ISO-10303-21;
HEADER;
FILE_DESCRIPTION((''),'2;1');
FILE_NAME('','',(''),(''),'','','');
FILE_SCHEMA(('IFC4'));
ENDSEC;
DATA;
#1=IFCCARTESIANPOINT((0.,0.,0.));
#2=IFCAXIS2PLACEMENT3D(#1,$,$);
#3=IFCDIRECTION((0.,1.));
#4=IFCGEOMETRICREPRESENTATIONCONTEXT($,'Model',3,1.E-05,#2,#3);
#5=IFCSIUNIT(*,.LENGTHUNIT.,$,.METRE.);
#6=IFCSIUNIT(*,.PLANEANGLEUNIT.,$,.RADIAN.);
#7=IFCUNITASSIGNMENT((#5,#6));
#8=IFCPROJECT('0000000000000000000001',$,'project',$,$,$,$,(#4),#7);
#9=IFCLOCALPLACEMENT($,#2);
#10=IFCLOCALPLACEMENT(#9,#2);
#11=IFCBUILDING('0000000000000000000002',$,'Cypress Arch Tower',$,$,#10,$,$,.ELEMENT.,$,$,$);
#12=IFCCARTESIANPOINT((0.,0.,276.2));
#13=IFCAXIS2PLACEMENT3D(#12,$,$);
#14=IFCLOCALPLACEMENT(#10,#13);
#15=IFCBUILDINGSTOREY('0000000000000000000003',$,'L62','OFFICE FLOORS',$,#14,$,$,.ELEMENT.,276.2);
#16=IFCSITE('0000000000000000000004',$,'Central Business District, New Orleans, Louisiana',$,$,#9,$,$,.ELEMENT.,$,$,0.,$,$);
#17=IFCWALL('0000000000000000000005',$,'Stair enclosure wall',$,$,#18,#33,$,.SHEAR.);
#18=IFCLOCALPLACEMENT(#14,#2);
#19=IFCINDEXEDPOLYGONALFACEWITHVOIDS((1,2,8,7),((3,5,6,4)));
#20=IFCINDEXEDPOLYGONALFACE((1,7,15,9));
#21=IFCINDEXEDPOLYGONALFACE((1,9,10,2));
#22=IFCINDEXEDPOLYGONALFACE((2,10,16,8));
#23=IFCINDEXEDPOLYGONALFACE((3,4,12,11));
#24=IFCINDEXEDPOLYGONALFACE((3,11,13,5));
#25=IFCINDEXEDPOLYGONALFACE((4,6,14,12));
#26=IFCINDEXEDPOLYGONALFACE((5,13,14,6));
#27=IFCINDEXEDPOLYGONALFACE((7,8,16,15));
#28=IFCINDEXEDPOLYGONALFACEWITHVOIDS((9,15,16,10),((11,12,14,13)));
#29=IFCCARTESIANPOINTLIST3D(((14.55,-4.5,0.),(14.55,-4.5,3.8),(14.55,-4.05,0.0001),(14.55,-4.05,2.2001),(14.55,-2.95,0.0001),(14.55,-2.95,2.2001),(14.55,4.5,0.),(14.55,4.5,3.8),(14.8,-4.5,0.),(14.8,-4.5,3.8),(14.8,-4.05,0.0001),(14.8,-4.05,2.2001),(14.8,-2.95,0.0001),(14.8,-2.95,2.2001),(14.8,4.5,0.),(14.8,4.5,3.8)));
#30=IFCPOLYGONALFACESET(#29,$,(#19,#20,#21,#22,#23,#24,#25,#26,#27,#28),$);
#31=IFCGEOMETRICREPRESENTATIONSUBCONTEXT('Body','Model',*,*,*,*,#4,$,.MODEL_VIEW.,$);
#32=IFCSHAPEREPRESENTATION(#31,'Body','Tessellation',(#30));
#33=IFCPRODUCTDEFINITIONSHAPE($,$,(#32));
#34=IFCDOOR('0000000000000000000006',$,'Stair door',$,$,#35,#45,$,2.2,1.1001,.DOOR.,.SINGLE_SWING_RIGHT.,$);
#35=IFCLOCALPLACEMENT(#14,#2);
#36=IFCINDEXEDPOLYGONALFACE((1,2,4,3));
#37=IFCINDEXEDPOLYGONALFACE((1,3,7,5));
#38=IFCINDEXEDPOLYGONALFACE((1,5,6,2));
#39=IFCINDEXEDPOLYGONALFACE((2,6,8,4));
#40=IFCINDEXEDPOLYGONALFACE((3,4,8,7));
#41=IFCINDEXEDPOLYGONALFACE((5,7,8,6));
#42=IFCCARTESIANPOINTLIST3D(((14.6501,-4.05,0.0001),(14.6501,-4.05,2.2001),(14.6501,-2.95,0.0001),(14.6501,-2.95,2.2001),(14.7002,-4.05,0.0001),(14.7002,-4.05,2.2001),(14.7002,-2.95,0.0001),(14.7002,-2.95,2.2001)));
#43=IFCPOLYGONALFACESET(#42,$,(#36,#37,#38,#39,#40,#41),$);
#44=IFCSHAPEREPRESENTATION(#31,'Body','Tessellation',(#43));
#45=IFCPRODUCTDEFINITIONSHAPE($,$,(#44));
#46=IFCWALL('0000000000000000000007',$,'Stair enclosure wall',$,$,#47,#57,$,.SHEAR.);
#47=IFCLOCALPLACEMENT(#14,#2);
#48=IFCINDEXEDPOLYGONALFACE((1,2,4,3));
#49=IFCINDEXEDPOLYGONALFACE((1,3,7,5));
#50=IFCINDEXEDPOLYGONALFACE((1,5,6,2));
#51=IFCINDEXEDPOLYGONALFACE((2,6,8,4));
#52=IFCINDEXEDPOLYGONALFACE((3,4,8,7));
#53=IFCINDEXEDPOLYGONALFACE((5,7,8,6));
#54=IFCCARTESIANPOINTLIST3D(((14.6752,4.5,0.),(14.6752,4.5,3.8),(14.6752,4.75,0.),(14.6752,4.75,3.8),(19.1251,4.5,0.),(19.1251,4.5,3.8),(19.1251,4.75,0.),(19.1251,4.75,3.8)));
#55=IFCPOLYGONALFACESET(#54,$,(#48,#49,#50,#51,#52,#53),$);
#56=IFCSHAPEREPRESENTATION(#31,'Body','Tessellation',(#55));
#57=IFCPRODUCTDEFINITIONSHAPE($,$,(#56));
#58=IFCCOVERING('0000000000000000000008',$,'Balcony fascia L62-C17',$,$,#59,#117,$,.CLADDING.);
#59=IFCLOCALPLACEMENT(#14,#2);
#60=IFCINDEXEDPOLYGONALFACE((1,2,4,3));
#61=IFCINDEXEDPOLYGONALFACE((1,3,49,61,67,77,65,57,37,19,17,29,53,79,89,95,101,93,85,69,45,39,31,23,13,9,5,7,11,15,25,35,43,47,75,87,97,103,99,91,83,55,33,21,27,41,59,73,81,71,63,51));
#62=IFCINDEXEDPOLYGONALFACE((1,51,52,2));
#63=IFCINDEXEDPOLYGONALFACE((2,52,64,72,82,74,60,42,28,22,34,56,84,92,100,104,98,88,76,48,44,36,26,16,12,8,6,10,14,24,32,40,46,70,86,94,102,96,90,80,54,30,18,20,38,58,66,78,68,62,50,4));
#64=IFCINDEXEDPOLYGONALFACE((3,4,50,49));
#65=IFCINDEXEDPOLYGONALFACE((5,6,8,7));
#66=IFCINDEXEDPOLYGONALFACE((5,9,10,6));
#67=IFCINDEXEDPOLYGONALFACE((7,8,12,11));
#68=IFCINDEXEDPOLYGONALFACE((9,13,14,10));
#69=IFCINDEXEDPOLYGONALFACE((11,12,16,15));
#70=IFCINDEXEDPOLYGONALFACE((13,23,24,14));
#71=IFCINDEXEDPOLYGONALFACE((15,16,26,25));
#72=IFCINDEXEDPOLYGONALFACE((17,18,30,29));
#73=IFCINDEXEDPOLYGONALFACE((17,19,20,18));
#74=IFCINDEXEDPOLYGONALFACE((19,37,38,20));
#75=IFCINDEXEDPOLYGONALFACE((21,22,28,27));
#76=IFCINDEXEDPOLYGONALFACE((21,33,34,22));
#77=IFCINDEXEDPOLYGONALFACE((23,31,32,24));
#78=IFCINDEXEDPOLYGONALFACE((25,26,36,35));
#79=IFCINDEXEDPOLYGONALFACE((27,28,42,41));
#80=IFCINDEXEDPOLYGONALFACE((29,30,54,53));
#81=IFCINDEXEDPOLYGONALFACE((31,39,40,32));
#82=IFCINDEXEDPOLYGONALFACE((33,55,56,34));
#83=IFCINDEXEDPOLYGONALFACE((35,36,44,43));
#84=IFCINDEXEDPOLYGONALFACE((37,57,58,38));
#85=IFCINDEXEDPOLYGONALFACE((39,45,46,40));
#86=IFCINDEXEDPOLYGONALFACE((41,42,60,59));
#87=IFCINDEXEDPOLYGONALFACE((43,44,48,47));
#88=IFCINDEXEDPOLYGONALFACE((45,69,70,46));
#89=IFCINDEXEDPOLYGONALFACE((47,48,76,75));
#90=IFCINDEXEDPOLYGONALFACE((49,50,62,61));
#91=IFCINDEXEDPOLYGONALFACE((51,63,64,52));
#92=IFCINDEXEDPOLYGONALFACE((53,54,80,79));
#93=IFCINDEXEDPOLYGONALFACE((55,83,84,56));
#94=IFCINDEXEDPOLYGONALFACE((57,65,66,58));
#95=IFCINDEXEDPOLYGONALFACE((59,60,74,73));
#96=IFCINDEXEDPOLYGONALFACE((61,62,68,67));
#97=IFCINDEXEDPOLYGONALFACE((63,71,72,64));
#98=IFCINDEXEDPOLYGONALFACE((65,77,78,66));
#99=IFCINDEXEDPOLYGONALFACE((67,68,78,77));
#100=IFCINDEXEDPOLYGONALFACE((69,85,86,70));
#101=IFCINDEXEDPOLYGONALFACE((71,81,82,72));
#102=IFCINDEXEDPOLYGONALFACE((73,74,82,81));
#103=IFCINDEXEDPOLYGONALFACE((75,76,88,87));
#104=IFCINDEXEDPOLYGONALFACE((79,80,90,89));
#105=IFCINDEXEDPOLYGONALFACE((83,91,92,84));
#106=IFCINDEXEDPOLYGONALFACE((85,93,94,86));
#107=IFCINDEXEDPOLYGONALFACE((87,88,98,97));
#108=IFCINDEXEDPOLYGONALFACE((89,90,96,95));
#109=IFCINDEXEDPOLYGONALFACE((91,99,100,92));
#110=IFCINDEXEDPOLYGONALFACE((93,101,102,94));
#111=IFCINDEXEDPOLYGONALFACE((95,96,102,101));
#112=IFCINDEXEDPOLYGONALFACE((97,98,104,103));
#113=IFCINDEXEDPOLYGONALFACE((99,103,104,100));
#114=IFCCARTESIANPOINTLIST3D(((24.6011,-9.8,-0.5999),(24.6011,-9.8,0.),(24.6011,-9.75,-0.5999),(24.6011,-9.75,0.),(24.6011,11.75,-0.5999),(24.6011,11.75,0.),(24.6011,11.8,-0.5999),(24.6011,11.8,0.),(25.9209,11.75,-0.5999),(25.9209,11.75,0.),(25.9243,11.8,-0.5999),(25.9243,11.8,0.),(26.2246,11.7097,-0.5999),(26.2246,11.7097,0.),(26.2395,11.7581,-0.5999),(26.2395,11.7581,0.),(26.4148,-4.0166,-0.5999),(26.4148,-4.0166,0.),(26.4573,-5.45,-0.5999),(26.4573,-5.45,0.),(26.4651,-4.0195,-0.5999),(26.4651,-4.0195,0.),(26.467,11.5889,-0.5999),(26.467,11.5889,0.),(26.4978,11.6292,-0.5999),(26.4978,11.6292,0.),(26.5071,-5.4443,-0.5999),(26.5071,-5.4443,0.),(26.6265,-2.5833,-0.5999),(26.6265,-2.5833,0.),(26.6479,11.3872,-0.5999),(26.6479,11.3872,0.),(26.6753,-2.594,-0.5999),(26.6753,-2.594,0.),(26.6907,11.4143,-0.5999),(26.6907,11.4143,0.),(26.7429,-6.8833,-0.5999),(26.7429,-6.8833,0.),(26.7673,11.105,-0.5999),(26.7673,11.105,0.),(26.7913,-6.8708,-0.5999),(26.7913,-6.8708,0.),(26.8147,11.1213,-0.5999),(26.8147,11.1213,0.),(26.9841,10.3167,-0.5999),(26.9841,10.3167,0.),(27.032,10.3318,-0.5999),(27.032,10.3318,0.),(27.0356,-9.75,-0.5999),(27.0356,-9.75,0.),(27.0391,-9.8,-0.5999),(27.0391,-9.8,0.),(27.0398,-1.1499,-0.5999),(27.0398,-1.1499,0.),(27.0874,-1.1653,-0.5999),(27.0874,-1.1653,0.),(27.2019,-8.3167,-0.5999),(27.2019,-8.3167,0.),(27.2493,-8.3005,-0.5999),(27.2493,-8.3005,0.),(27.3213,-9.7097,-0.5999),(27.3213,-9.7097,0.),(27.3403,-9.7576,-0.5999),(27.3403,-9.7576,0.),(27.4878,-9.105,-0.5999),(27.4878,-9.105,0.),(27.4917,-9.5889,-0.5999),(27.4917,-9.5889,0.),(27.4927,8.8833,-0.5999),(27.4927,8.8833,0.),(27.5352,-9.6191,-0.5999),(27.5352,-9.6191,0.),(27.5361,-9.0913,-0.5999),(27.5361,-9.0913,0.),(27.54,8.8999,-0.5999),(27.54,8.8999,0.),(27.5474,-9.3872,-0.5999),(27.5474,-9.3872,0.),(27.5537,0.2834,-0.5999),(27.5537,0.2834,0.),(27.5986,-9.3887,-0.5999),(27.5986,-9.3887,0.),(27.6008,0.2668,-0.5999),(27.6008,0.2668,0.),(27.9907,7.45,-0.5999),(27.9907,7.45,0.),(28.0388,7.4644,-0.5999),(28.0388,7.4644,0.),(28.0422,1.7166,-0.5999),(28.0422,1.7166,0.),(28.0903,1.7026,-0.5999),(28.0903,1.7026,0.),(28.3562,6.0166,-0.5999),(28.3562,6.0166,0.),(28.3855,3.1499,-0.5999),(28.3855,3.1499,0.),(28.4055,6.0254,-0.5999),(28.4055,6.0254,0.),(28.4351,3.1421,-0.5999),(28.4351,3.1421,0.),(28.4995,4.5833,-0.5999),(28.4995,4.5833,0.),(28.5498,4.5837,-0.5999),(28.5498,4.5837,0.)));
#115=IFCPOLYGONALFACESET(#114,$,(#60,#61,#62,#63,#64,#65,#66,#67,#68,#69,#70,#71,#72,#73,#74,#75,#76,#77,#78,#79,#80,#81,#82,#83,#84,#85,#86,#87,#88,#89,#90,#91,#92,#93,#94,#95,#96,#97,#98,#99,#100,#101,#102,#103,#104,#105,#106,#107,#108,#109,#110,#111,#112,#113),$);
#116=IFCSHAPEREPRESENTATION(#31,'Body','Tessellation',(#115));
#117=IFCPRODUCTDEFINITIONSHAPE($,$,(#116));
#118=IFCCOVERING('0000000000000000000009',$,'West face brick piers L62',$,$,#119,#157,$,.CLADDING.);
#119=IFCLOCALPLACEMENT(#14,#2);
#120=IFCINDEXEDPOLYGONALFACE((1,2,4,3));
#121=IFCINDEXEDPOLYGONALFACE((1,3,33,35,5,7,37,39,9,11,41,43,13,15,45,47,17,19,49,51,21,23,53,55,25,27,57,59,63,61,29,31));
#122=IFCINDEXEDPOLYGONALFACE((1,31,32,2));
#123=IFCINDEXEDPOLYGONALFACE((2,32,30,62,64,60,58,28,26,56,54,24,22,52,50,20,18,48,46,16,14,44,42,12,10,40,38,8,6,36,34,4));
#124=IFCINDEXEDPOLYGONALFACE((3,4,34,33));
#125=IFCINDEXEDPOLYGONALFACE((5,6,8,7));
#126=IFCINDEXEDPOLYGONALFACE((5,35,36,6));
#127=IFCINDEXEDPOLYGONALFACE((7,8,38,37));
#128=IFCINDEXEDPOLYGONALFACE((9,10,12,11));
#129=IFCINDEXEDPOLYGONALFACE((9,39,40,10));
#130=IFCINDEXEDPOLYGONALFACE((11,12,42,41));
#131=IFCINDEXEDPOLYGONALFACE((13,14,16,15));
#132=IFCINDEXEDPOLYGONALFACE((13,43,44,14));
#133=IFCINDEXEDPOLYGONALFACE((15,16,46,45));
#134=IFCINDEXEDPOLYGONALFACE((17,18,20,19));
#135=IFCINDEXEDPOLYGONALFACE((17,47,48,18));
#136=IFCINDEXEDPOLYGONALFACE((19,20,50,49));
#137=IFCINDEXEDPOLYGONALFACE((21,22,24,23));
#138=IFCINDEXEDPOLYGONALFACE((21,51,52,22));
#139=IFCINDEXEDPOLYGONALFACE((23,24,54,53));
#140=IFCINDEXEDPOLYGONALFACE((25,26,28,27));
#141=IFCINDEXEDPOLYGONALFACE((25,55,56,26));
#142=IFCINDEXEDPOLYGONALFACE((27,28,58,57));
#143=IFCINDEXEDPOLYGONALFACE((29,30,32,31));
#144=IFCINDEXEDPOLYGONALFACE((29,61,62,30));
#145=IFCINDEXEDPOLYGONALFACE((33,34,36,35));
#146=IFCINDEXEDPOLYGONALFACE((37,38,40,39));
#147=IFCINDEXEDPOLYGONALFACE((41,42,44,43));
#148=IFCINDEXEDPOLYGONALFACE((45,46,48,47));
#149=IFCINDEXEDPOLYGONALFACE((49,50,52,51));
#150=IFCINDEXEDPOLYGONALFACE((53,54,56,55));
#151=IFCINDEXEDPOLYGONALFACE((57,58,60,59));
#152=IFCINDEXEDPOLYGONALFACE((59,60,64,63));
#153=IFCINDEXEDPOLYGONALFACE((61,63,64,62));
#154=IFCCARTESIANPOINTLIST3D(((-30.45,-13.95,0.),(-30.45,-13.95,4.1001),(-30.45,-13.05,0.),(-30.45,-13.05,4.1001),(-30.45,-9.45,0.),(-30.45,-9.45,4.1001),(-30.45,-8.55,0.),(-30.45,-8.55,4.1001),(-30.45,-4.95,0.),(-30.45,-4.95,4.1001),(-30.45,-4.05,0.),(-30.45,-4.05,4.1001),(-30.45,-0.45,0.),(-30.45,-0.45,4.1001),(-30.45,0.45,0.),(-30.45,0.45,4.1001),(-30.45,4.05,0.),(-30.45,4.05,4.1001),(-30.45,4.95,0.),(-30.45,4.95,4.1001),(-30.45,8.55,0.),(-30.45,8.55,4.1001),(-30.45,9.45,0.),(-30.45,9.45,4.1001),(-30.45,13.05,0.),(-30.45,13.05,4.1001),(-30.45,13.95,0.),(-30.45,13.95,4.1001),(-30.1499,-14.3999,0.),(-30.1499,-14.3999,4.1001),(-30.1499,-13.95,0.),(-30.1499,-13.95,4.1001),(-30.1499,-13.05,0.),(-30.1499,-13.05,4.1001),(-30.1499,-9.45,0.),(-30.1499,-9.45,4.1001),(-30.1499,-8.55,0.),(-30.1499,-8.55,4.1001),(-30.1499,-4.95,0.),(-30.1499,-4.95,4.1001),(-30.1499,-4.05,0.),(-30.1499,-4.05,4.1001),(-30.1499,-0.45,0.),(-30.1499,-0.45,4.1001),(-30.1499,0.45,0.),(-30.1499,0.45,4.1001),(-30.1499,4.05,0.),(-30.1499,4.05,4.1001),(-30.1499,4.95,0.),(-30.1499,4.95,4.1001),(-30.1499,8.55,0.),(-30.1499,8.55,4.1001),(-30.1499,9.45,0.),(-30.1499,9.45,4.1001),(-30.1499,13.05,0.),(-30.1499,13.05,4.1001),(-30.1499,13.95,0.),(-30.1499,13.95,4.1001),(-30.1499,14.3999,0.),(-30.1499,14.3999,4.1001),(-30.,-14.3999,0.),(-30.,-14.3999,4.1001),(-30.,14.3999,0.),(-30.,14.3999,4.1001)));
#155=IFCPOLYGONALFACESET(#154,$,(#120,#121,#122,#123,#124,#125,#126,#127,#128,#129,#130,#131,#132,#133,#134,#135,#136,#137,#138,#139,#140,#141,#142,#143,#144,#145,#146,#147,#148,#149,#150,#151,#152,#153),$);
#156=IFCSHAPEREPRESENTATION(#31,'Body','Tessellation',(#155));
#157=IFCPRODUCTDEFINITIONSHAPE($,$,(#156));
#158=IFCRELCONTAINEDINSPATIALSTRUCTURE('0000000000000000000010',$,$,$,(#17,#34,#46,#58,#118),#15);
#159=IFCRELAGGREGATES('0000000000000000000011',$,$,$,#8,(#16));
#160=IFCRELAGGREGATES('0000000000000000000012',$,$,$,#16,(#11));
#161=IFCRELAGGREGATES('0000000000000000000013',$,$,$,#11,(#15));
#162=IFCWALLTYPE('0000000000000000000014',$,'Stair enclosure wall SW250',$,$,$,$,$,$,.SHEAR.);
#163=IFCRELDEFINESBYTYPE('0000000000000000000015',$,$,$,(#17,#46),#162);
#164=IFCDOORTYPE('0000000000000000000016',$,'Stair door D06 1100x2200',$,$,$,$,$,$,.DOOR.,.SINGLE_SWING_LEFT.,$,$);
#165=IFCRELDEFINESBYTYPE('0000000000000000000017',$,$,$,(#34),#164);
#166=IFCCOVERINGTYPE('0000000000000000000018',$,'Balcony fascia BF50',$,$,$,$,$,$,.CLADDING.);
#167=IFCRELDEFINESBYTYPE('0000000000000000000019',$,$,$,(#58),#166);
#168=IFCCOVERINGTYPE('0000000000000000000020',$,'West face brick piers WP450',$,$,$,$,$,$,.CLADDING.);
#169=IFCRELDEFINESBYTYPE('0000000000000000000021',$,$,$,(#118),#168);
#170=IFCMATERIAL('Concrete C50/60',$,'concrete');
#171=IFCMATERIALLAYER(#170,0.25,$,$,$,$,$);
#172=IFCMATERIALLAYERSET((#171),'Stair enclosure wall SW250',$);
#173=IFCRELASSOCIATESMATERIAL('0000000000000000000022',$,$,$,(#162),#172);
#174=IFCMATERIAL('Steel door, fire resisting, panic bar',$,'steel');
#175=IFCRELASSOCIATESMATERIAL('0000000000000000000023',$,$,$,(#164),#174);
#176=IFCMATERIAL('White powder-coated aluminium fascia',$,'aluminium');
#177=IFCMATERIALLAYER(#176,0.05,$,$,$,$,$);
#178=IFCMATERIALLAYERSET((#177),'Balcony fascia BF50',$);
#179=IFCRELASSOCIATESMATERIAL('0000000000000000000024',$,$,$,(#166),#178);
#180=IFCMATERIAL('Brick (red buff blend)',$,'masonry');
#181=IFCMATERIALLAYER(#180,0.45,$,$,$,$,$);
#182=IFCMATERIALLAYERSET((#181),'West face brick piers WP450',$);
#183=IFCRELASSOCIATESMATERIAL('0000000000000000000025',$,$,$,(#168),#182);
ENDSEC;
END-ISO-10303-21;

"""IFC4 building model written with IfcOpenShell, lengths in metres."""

from ifc_helpers import new_model, si_unit, direction, frame, frame_2d, origin, place, context, subcontext, project, spatial, polyline, rectangle, outline, extrude, material, layer, layer_set, type_object, element, fill, save


model = new_model("IFC4")

# Units and contexts
model_context = context("Model", 3, precision=1e-05, world=origin(), true_north=direction((0.0, 1.0)))
body_context = subcontext(model_context, "Body", "Model", "MODEL_VIEW")
ifc_project = project(units=[si_unit("LENGTHUNIT", "METRE"), si_unit("PLANEANGLEUNIT", "RADIAN")], contexts=[model_context])

# Site, building, storey
site_placement = place(None, origin())
site = spatial("IfcSite", under=ifc_project, at=site_placement, Name="Central Business District, New Orleans, Louisiana", CompositionType="ELEMENT", RefElevation=0.0)
building_placement = place(site_placement, origin())
building = spatial("IfcBuilding", under=site, at=building_placement, Name="Cypress Arch Tower", CompositionType="ELEMENT")
storey_placement = place(building_placement, frame((0.0, 0.0, 276.2)))
storey = spatial("IfcBuildingStorey", under=building, at=storey_placement, Name="L62", Description="OFFICE FLOORS", CompositionType="ELEMENT", Elevation=276.2)

# Wall, opening, door
ifc_material_1 = material(Name="Concrete C50/60", Category="concrete")
ifc_layer_1 = layer(ifc_material_1, 0.25)
ifc_layer_set_1 = layer_set([ifc_layer_1], Name="Stair enclosure wall SW250")
wall_type_1 = type_object("IfcWallType", Name="Stair enclosure wall SW250", PredefinedType="SHEAR", material=ifc_layer_set_1)
wall_1_placement = place(storey_placement, frame((14.675, -4.5, 0.0), z_axis=(0.0, 0.0, 1.0), x_axis=(0.0, 1.0, 0.0)))
wall_1 = element("IfcWall", 1, at=wall_1_placement, inside=storey, type_object=wall_type_1, Name="Stair enclosure wall", PredefinedType="SHEAR", context=body_context, shape_type="SweptSolid", body=[
    extrude(rectangle(XDim=9.0, YDim=0.25, at=frame_2d((4.5, 0.0))), origin(), (0.0, 0.0, 1.0), 3.8),
])
opening_placement = place(wall_1_placement, frame((0.45, 0.0, 0.0)))
opening = element("IfcOpeningElement", 2, at=opening_placement, cuts=wall_1, PredefinedType="OPENING", context=body_context, shape_type="SweptSolid", body=[
    extrude(rectangle(XDim=1.1001, YDim=2.2, at=frame_2d((0.55, 1.1001))), frame((0.0, 0.135, 0.0), z_axis=(0.0, -1.0, 0.0), x_axis=(1.0, 0.0, 0.0)), (0.0, 0.0, 1.0), 0.27),
])
ifc_material_2 = material(Name="Steel door, fire resisting, panic bar", Category="steel")
door_type = type_object("IfcDoorType", Name="Stair door D06 1100x2200", OperationType="SINGLE_SWING_LEFT", PredefinedType="DOOR", material=ifc_material_2)
door_placement = place(opening_placement, origin())
door = element("IfcDoor", 3, at=door_placement, inside=storey, type_object=door_type, Name="Stair door", OperationType="SINGLE_SWING_RIGHT", OverallHeight=2.2, OverallWidth=1.1001, PredefinedType="DOOR", context=body_context, shape_type="SweptSolid", body=[
    extrude(rectangle(XDim=1.1001, YDim=2.2, at=frame_2d((0.55, 1.1001))), frame((0.0, 0.0249, 0.0), z_axis=(0.0, -1.0, 0.0), x_axis=(1.0, 0.0, 0.0)), (0.0, 0.0, 1.0), 0.05),
])
fill(opening, door)

# Wall
wall_2_placement = place(storey_placement, frame((14.675, 4.625, 0.0), z_axis=(0.0, 0.0, 1.0), x_axis=(1.0, 0.0, 0.0)))
element("IfcWall", 4, at=wall_2_placement, inside=storey, type_object=wall_type_1, Name="Stair enclosure wall", PredefinedType="SHEAR", context=body_context, shape_type="SweptSolid", body=[
    extrude(rectangle(XDim=4.45, YDim=0.25, at=frame_2d((2.2251, 0.0))), origin(), (0.0, 0.0, 1.0), 3.8),
])

# Coverings
ifc_material_3 = material(Name="White powder-coated aluminium fascia", Category="aluminium")
ifc_layer_2 = layer(ifc_material_3, 0.05)
ifc_layer_set_2 = layer_set([ifc_layer_2], Name="Balcony fascia BF50")
covering_type_1 = type_object("IfcCoveringType", Name="Balcony fascia BF50", PredefinedType="CLADDING", material=ifc_layer_set_2)
covering_1_placement = place(storey_placement, frame((0.0, 0.0, -0.5999)))
element("IfcCovering", 5, at=covering_1_placement, inside=storey, type_object=covering_type_1, Name="Balcony fascia L62-C17", PredefinedType="CLADDING", context=body_context, shape_type="SweptSolid", body=[
    extrude(outline(polyline([(25.9243, 11.8), (26.2395, 11.7581), (26.4978, 11.6292), (26.6907, 11.4143), (26.8147, 11.1213), (27.032, 10.3318), (27.54, 8.8999), (28.0388, 7.4644), (28.4055, 6.0254), (28.5498, 4.5837), (28.4351, 3.1421), (28.0903, 1.7026), (27.6008, 0.2668), (27.0874, -1.1653), (26.6753, -2.594), (26.4651, -4.0195), (26.5071, -5.4443), (26.7913, -6.8708), (27.2493, -8.3005), (27.5361, -9.0913), (27.5986, -9.3887), (27.5352, -9.6191), (27.3403, -9.7576), (27.0391, -9.8), (24.6011, -9.8), (24.6011, -9.75), (27.0356, -9.75), (27.3213, -9.7097), (27.4917, -9.5889), (27.5474, -9.3872), (27.4878, -9.105), (27.2019, -8.3167), (26.7429, -6.8833), (26.4573, -5.45), (26.4148, -4.0166), (26.6265, -2.5833), (27.0398, -1.1499), (27.5537, 0.2834), (28.0422, 1.7166), (28.3855, 3.1499), (28.4995, 4.5833), (28.3562, 6.0166), (27.9907, 7.45), (27.4927, 8.8833), (26.9841, 10.3167), (26.7673, 11.105), (26.6479, 11.3872), (26.467, 11.5889), (26.2246, 11.7097), (25.9209, 11.75), (24.6011, 11.75), (24.6011, 11.8), (25.9243, 11.8)])), origin(), (0.0, 0.0, 1.0), 0.5999),
])
ifc_material_4 = material(Name="Brick (red buff blend)", Category="masonry")
ifc_layer_3 = layer(ifc_material_4, 0.45)
ifc_layer_set_3 = layer_set([ifc_layer_3], Name="West face brick piers WP450")
covering_type_2 = type_object("IfcCoveringType", Name="West face brick piers WP450", PredefinedType="CLADDING", material=ifc_layer_set_3)
covering_2_placement = place(storey_placement, origin())
element("IfcCovering", 6, at=covering_2_placement, inside=storey, type_object=covering_type_2, Name="West face brick piers L62", PredefinedType="CLADDING", context=body_context, shape_type="SweptSolid", body=[
    extrude(outline(polyline([(-30.1499, -13.05), (-30.1499, -9.45), (-30.45, -9.45), (-30.45, -8.55), (-30.1499, -8.55), (-30.1499, -4.95), (-30.45, -4.95), (-30.45, -4.05), (-30.1499, -4.05), (-30.1499, -0.45), (-30.45, -0.45), (-30.45, 0.45), (-30.1499, 0.45), (-30.1499, 4.05), (-30.45, 4.05), (-30.45, 4.95), (-30.1499, 4.95), (-30.1499, 8.55), (-30.45, 8.55), (-30.45, 9.45), (-30.1499, 9.45), (-30.1499, 13.05), (-30.45, 13.05), (-30.45, 13.95), (-30.1499, 13.95), (-30.1499, 14.3999), (-30.0, 14.3999), (-30.0, -14.3999), (-30.1499, -14.3999), (-30.1499, -13.95), (-30.45, -13.95), (-30.45, -13.05), (-30.1499, -13.05)])), origin(), (0.0, 0.0, 1.0), 4.1001),
])

save(model, "model.ifc")
